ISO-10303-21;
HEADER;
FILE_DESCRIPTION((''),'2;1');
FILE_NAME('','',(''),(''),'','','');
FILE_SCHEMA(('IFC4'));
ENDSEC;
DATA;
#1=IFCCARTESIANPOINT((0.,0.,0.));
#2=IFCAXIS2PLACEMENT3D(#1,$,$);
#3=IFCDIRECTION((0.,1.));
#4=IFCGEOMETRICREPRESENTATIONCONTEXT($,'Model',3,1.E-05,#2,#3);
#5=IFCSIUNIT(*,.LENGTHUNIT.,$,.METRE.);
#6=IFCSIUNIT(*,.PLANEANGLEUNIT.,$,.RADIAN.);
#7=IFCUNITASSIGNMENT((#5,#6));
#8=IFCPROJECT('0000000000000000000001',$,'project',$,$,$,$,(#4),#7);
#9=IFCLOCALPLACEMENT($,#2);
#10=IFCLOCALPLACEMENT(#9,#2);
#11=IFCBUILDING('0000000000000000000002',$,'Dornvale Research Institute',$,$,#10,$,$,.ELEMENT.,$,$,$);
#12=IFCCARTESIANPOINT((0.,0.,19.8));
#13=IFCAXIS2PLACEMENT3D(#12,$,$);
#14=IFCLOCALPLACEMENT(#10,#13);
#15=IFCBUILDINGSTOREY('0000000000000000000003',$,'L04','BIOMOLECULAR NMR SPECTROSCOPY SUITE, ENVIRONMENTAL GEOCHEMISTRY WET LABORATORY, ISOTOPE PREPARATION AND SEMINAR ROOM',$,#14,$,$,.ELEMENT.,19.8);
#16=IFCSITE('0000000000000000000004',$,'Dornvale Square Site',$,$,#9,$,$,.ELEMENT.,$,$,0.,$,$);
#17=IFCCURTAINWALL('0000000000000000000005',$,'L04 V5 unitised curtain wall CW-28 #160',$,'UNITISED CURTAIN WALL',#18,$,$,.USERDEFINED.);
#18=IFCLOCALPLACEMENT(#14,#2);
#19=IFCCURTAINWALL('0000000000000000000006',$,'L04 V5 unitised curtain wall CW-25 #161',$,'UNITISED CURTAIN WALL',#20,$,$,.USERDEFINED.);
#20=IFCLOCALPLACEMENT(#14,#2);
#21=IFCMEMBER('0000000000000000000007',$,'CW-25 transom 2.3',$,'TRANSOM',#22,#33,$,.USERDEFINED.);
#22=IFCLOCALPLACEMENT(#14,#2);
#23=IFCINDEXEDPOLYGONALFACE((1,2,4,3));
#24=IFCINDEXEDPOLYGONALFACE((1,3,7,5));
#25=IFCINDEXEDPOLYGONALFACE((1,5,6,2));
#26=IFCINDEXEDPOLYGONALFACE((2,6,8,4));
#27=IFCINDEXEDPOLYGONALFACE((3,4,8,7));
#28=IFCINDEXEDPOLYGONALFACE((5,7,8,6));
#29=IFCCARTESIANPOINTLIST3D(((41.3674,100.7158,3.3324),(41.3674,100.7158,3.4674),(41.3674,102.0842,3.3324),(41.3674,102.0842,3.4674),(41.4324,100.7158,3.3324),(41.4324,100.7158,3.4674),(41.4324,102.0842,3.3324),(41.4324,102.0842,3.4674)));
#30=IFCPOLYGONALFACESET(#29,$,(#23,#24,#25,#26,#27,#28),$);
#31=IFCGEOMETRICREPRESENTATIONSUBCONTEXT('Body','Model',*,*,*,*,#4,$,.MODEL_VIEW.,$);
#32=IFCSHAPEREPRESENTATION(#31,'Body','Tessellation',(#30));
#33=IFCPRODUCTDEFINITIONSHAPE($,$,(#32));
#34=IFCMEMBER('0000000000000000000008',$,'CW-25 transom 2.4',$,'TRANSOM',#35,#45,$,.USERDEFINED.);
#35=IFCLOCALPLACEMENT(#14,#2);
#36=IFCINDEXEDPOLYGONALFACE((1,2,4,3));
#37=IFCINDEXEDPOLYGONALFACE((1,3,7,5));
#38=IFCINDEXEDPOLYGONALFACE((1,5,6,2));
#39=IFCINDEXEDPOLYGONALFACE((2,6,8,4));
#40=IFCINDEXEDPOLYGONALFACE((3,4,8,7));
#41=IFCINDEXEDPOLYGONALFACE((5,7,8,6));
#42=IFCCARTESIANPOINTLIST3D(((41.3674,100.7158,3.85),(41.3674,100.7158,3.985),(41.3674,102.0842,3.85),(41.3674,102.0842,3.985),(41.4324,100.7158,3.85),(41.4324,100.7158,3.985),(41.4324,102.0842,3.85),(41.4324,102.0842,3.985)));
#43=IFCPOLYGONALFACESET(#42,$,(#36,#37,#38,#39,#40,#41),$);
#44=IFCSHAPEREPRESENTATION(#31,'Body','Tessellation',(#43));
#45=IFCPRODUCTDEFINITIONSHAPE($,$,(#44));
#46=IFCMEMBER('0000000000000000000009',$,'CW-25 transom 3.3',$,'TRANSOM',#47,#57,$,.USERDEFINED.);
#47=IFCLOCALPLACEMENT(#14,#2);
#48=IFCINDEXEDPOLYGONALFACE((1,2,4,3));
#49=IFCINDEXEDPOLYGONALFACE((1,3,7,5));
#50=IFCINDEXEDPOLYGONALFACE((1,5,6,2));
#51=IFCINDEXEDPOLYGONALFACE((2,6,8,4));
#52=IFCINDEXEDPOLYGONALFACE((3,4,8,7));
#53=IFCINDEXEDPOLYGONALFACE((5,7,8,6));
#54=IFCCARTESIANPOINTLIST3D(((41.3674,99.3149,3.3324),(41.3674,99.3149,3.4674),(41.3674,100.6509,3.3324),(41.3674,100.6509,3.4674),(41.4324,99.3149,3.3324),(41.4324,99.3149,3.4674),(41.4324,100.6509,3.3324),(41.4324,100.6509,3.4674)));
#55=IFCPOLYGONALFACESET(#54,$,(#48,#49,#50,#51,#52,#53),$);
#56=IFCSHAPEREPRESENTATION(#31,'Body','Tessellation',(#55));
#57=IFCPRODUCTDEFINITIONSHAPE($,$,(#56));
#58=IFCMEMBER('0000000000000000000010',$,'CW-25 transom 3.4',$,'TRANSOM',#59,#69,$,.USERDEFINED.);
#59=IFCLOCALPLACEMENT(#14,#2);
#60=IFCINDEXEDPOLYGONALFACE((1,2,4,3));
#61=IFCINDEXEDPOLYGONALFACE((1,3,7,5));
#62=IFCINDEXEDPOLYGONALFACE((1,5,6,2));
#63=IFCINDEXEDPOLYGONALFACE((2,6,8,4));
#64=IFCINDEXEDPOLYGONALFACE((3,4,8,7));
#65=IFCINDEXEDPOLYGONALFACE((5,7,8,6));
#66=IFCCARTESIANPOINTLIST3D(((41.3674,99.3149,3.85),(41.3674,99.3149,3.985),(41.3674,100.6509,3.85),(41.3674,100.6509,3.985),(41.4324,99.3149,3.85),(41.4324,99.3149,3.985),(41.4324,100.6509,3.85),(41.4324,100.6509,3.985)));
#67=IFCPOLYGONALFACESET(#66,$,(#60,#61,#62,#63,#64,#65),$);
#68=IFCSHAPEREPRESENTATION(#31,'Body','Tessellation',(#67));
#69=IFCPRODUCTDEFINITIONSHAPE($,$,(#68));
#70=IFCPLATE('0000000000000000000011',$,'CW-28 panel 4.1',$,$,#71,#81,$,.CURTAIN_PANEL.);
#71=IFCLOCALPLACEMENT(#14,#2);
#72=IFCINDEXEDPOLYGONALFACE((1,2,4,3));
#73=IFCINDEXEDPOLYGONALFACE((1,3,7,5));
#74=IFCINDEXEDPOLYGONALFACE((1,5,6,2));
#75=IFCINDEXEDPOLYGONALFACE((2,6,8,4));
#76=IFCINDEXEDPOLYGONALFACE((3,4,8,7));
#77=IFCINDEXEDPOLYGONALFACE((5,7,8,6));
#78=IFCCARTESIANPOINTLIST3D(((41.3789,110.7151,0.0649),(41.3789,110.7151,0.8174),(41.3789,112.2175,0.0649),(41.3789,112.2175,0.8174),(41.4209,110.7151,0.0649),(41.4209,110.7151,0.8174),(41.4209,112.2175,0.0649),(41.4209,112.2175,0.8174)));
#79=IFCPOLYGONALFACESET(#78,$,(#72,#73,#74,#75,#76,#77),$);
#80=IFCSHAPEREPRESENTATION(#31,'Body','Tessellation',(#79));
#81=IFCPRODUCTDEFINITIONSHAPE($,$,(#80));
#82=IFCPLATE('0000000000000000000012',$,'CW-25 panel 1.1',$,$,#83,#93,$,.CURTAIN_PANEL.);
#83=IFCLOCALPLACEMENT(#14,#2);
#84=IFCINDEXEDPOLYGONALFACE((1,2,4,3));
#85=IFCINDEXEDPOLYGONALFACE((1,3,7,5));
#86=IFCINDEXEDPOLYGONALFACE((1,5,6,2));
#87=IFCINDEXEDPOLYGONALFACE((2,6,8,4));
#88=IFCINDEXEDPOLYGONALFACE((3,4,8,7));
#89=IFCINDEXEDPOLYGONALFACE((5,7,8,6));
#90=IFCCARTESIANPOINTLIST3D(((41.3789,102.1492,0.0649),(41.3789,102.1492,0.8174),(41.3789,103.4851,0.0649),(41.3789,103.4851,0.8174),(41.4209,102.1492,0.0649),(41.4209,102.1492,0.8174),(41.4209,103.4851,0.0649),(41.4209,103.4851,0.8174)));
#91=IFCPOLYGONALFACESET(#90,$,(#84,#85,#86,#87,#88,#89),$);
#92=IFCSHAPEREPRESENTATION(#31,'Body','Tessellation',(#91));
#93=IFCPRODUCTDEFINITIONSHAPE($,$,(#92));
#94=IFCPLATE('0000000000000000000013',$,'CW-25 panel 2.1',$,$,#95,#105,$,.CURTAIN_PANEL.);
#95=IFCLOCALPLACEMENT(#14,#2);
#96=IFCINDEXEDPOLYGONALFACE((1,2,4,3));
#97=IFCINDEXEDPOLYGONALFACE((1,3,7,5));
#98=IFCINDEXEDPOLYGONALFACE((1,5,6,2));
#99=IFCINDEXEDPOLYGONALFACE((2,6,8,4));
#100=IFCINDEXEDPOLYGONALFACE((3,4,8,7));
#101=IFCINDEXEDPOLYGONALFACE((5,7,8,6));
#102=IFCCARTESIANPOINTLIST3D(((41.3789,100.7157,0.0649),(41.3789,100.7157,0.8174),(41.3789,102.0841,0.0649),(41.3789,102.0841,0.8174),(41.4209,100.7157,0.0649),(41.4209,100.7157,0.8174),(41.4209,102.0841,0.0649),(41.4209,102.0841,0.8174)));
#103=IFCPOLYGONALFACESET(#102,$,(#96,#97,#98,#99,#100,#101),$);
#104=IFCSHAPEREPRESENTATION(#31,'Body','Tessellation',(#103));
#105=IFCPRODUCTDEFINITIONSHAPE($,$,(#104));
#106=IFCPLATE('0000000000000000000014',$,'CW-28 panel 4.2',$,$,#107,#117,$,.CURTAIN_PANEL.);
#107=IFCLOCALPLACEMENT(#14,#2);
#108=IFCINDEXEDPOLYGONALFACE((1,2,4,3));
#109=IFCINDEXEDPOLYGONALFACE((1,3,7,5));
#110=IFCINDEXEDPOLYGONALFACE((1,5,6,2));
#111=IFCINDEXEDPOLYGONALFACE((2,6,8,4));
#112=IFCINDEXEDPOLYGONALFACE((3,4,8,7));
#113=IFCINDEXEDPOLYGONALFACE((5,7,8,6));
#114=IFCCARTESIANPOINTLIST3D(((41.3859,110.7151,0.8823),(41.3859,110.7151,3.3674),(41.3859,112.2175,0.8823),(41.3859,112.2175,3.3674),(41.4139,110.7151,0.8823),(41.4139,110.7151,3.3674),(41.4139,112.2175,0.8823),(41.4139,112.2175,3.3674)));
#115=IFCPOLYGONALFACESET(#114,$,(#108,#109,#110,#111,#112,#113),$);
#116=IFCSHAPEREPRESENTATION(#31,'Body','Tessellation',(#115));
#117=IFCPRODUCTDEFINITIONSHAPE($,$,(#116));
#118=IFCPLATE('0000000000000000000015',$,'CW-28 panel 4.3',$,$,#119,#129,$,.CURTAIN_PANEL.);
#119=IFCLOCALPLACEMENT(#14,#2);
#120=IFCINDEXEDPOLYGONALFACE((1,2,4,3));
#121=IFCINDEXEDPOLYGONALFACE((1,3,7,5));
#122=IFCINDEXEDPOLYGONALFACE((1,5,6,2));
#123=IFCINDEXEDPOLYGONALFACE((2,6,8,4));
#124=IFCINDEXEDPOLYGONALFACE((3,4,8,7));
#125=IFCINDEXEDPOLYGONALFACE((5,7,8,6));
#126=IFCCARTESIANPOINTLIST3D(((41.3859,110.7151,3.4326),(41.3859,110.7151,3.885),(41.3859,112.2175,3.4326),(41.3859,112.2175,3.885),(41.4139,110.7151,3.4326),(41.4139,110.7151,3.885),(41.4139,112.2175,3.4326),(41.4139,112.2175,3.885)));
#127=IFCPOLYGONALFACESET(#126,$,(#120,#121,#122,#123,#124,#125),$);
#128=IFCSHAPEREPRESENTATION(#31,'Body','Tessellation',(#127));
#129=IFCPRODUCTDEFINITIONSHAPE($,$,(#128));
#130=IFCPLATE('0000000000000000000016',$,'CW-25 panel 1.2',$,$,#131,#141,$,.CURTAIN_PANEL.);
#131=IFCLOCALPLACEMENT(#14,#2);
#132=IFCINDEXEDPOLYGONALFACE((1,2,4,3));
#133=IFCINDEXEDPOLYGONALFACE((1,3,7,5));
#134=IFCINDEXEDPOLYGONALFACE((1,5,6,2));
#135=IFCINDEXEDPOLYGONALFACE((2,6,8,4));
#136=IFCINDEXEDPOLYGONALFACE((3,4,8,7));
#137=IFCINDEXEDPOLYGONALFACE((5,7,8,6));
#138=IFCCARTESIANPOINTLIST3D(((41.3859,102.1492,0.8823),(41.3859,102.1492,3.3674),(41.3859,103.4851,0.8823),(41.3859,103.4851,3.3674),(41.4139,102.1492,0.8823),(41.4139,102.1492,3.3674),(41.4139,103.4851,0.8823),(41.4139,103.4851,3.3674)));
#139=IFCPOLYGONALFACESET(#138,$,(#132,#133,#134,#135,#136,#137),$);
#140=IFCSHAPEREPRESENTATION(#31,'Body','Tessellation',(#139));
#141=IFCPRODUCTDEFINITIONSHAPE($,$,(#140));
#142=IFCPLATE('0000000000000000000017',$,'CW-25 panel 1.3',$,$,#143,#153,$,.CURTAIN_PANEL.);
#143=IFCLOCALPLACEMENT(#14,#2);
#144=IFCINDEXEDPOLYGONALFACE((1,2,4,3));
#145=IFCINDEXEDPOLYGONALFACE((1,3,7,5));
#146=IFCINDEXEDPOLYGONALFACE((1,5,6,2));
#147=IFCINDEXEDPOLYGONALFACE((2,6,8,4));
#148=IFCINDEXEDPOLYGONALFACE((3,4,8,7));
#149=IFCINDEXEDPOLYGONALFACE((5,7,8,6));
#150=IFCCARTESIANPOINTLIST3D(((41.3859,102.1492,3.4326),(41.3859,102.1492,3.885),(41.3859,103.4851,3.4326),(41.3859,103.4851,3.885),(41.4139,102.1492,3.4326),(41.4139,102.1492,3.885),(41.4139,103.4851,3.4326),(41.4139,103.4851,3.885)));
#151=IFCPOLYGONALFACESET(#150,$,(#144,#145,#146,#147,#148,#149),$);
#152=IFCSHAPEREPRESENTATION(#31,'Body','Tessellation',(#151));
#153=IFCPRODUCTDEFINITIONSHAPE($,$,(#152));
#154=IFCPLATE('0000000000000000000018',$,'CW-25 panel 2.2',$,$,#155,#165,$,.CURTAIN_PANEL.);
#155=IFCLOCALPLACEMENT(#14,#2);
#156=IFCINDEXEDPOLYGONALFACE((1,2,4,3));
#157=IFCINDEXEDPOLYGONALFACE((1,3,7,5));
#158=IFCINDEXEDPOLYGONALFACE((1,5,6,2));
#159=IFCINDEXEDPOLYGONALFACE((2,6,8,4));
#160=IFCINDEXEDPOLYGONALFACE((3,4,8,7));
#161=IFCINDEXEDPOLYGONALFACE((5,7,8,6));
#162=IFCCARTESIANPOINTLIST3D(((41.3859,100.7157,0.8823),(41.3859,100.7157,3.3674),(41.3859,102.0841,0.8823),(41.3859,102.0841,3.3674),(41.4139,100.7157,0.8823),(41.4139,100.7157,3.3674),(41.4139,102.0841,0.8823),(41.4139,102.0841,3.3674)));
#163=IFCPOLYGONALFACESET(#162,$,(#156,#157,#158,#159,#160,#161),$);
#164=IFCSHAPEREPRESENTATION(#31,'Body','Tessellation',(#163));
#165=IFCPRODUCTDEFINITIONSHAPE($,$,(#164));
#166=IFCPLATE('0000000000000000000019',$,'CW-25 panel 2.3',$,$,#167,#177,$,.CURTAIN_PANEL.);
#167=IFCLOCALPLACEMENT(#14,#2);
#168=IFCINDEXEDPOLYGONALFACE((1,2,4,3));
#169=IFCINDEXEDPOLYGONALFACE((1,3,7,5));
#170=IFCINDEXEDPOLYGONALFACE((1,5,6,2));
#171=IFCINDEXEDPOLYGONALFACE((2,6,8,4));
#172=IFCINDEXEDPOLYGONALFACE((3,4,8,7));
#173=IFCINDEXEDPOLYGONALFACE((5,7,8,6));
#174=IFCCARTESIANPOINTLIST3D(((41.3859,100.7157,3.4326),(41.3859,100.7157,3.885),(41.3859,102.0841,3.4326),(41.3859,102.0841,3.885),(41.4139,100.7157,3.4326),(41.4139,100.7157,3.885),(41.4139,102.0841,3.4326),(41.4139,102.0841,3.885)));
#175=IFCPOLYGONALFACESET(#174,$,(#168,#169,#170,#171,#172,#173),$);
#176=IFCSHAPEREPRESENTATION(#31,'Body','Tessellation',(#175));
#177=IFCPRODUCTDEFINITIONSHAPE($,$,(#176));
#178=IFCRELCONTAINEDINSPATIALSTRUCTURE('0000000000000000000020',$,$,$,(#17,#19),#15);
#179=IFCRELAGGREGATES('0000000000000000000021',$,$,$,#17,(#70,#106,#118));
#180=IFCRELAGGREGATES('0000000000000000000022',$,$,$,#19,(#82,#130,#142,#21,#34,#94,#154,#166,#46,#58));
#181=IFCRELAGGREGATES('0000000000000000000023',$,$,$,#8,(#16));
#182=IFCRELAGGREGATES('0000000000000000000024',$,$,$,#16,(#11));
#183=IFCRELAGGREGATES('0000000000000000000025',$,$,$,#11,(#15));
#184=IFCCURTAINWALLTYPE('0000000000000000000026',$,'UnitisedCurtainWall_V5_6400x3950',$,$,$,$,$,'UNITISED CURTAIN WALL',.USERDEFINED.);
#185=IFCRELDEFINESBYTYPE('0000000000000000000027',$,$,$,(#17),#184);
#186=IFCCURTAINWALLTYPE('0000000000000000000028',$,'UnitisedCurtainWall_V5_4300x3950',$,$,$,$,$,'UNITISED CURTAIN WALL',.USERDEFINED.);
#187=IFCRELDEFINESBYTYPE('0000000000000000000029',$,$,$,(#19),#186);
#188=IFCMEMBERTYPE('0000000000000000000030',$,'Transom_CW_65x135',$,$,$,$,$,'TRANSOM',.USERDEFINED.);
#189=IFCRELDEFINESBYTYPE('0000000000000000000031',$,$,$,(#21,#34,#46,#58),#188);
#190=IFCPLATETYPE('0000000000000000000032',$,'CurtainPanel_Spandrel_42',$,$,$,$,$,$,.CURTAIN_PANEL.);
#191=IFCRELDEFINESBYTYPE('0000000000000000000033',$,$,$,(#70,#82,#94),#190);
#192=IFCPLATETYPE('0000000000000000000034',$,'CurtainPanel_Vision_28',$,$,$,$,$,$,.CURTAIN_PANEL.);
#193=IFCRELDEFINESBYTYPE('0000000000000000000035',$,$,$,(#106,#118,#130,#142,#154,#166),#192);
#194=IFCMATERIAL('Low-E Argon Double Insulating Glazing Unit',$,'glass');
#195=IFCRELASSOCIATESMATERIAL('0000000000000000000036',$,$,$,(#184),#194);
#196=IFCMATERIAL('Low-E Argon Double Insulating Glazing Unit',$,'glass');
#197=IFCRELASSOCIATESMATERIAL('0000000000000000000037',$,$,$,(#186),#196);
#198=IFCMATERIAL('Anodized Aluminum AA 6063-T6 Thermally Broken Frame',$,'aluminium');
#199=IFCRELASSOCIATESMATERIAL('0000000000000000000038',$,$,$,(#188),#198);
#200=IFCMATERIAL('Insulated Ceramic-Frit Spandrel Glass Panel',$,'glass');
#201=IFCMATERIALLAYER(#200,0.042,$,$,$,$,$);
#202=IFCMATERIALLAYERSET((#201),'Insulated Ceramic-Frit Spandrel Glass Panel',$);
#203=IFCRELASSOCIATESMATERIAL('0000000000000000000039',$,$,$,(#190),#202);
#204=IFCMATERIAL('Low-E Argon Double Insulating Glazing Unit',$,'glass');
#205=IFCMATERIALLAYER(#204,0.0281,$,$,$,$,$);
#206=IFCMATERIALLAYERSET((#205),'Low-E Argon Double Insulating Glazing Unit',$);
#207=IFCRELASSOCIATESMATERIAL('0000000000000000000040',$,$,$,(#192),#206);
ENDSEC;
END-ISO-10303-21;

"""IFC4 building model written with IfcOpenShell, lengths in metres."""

from ifc_helpers import new_model, si_unit, direction, frame, origin, origin_2d, place, context, subcontext, project, spatial, rectangle, extrude, material, layer, layer_set, material_profile, profile_set, type_object, element, aggregate, save


model = new_model("IFC4")

# Units and contexts
model_context = context("Model", 3, precision=1e-05, world=origin(), true_north=direction((0.0, 1.0)))
body_context = subcontext(model_context, "Body", "Model", "MODEL_VIEW")
ifc_project = project(units=[si_unit("LENGTHUNIT", "METRE"), si_unit("PLANEANGLEUNIT", "RADIAN")], contexts=[model_context])

# Site, building, storey
site_placement = place(None, origin())
site = spatial("IfcSite", under=ifc_project, at=site_placement, Name="Dornvale Square Site", CompositionType="ELEMENT", RefElevation=0.0)
building_placement = place(site_placement, origin())
building = spatial("IfcBuilding", under=site, at=building_placement, Name="Dornvale Research Institute", CompositionType="ELEMENT")
storey_placement = place(building_placement, frame((0.0, 0.0, 19.8)))
storey = spatial("IfcBuildingStorey", under=building, at=storey_placement, Name="L04", Description="BIOMOLECULAR NMR SPECTROSCOPY SUITE, ENVIRONMENTAL GEOCHEMISTRY WET LABORATORY, ISOTOPE PREPARATION AND SEMINAR ROOM", CompositionType="ELEMENT", Elevation=19.8)

# Curtain wall
ifc_material_1 = material(Name="Low-E Argon Double Insulating Glazing Unit", Category="glass")
curtain_wall_type_1 = type_object("IfcCurtainWallType", Name="UnitisedCurtainWall_V5_6400x3950", ElementType="UNITISED CURTAIN WALL", PredefinedType="USERDEFINED", material=ifc_material_1)
curtain_wall_1_placement = place(storey_placement, origin())
curtain_wall_1 = element("IfcCurtainWall", 1, at=curtain_wall_1_placement, inside=storey, type_object=curtain_wall_type_1, Name="L04 V5 unitised curtain wall CW-28 #160", ObjectType="UNITISED CURTAIN WALL", PredefinedType="USERDEFINED")

# Curtain wall
ifc_material_2 = material(Name="Low-E Argon Double Insulating Glazing Unit", Category="glass")
curtain_wall_type_2 = type_object("IfcCurtainWallType", Name="UnitisedCurtainWall_V5_4300x3950", ElementType="UNITISED CURTAIN WALL", PredefinedType="USERDEFINED", material=ifc_material_2)
curtain_wall_2_placement = place(storey_placement, origin())
curtain_wall_2 = element("IfcCurtainWall", 2, at=curtain_wall_2_placement, inside=storey, type_object=curtain_wall_type_2, Name="L04 V5 unitised curtain wall CW-25 #161", ObjectType="UNITISED CURTAIN WALL", PredefinedType="USERDEFINED")

# Members
ifc_material_3 = material(Name="Anodized Aluminum AA 6063-T6 Thermally Broken Frame", Category="aluminium")
ifc_material_profile_1 = material_profile(ifc_material_3, rectangle(XDim=0.0649, YDim=0.135, at=origin_2d()), Name="ALU TRANSOM 65x135")
ifc_profile_set_1 = profile_set([ifc_material_profile_1], Name="Anodized Aluminum AA 6063-T6 Thermally Broken Frame")
member_type_1 = type_object("IfcMemberType", Name="Transom_CW_65x135", ElementType="TRANSOM", PredefinedType="USERDEFINED", material=ifc_profile_set_1)
member_1_placement = place(storey_placement, frame((41.3999, 102.0842, 3.3999), z_axis=(0.0, -1.0, 0.0), x_axis=(1.0, 0.0, 0.0)))
member_1 = element("IfcMember", 3, at=member_1_placement, type_object=member_type_1, Name="CW-25 transom 2.3", ObjectType="TRANSOM", PredefinedType="USERDEFINED", context=body_context, shape_type="SweptSolid", body=[
    extrude(rectangle(XDim=0.0649, YDim=0.135, at=origin_2d()), origin(), (0.0, 0.0, 1.0), 1.3684),
])
member_2_placement = place(storey_placement, frame((41.3999, 102.0842, 3.9175), z_axis=(0.0, -1.0, 0.0), x_axis=(1.0, 0.0, 0.0)))
member_2 = element("IfcMember", 4, at=member_2_placement, type_object=member_type_1, Name="CW-25 transom 2.4", ObjectType="TRANSOM", PredefinedType="USERDEFINED", context=body_context, shape_type="SweptSolid", body=[
    extrude(rectangle(XDim=0.0649, YDim=0.135, at=origin_2d()), origin(), (0.0, 0.0, 1.0), 1.3684),
])
member_3_placement = place(storey_placement, frame((41.3999, 100.6509, 3.3999), z_axis=(0.0, -1.0, 0.0), x_axis=(1.0, 0.0, 0.0)))
member_3 = element("IfcMember", 5, at=member_3_placement, type_object=member_type_1, Name="CW-25 transom 3.3", ObjectType="TRANSOM", PredefinedType="USERDEFINED", context=body_context, shape_type="SweptSolid", body=[
    extrude(rectangle(XDim=0.0649, YDim=0.135, at=origin_2d()), origin(), (0.0, 0.0, 1.0), 1.3359),
])
member_4_placement = place(storey_placement, frame((41.3999, 100.6509, 3.9175), z_axis=(0.0, -1.0, 0.0), x_axis=(1.0, 0.0, 0.0)))
member_4 = element("IfcMember", 6, at=member_4_placement, type_object=member_type_1, Name="CW-25 transom 3.4", ObjectType="TRANSOM", PredefinedType="USERDEFINED", context=body_context, shape_type="SweptSolid", body=[
    extrude(rectangle(XDim=0.0649, YDim=0.135, at=origin_2d()), origin(), (0.0, 0.0, 1.0), 1.3359),
])

# Plates
ifc_material_4 = material(Name="Insulated Ceramic-Frit Spandrel Glass Panel", Category="glass")
ifc_layer_1 = layer(ifc_material_4, 0.042)
ifc_layer_set_1 = layer_set([ifc_layer_1], Name="Insulated Ceramic-Frit Spandrel Glass Panel")
plate_type_1 = type_object("IfcPlateType", Name="CurtainPanel_Spandrel_42", PredefinedType="CURTAIN_PANEL", material=ifc_layer_set_1)
plate_1_placement = place(storey_placement, frame((41.3999, 111.4663, 0.0649), z_axis=(0.0, 0.0, 1.0), x_axis=(0.0, -1.0, 0.0)))
plate_1 = element("IfcPlate", 7, at=plate_1_placement, type_object=plate_type_1, Name="CW-28 panel 4.1", PredefinedType="CURTAIN_PANEL", context=body_context, shape_type="SweptSolid", body=[
    extrude(rectangle(XDim=1.5024, YDim=0.042, at=origin_2d()), origin(), (0.0, 0.0, 1.0), 0.7524),
])
plate_2_placement = place(storey_placement, frame((41.3999, 102.8171, 0.0649), z_axis=(0.0, 0.0, 1.0), x_axis=(0.0, -1.0, 0.0)))
plate_2 = element("IfcPlate", 8, at=plate_2_placement, type_object=plate_type_1, Name="CW-25 panel 1.1", PredefinedType="CURTAIN_PANEL", context=body_context, shape_type="SweptSolid", body=[
    extrude(rectangle(XDim=1.3359, YDim=0.042, at=origin_2d()), origin(), (0.0, 0.0, 1.0), 0.7524),
])
plate_3_placement = place(storey_placement, frame((41.3999, 101.3999, 0.0649), z_axis=(0.0, 0.0, 1.0), x_axis=(0.0, -1.0, 0.0)))
plate_3 = element("IfcPlate", 9, at=plate_3_placement, type_object=plate_type_1, Name="CW-25 panel 2.1", PredefinedType="CURTAIN_PANEL", context=body_context, shape_type="SweptSolid", body=[
    extrude(rectangle(XDim=1.3684, YDim=0.042, at=origin_2d()), origin(), (0.0, 0.0, 1.0), 0.7524),
])
ifc_material_5 = material(Name="Low-E Argon Double Insulating Glazing Unit", Category="glass")
ifc_layer_2 = layer(ifc_material_5, 0.0281)
ifc_layer_set_2 = layer_set([ifc_layer_2], Name="Low-E Argon Double Insulating Glazing Unit")
plate_type_2 = type_object("IfcPlateType", Name="CurtainPanel_Vision_28", PredefinedType="CURTAIN_PANEL", material=ifc_layer_set_2)
plate_4_placement = place(storey_placement, frame((41.3999, 111.4663, 0.8823), z_axis=(0.0, 0.0, 1.0), x_axis=(0.0, -1.0, 0.0)))
plate_4 = element("IfcPlate", 10, at=plate_4_placement, type_object=plate_type_2, Name="CW-28 panel 4.2", PredefinedType="CURTAIN_PANEL", context=body_context, shape_type="SweptSolid", body=[
    extrude(rectangle(XDim=1.5024, YDim=0.0281, at=origin_2d()), origin(), (0.0, 0.0, 1.0), 2.4851),
])
plate_5_placement = place(storey_placement, frame((41.3999, 111.4663, 3.4326), z_axis=(0.0, 0.0, 1.0), x_axis=(0.0, -1.0, 0.0)))
plate_5 = element("IfcPlate", 11, at=plate_5_placement, type_object=plate_type_2, Name="CW-28 panel 4.3", PredefinedType="CURTAIN_PANEL", context=body_context, shape_type="SweptSolid", body=[
    extrude(rectangle(XDim=1.5024, YDim=0.0281, at=origin_2d()), origin(), (0.0, 0.0, 1.0), 0.4524),
])
aggregate(curtain_wall_1, [plate_1, plate_4, plate_5])
plate_6_placement = place(storey_placement, frame((41.3999, 102.8171, 0.8823), z_axis=(0.0, 0.0, 1.0), x_axis=(0.0, -1.0, 0.0)))
plate_6 = element("IfcPlate", 12, at=plate_6_placement, type_object=plate_type_2, Name="CW-25 panel 1.2", PredefinedType="CURTAIN_PANEL", context=body_context, shape_type="SweptSolid", body=[
    extrude(rectangle(XDim=1.3359, YDim=0.0281, at=origin_2d()), origin(), (0.0, 0.0, 1.0), 2.4851),
])
plate_7_placement = place(storey_placement, frame((41.3999, 102.8171, 3.4326), z_axis=(0.0, 0.0, 1.0), x_axis=(0.0, -1.0, 0.0)))
plate_7 = element("IfcPlate", 13, at=plate_7_placement, type_object=plate_type_2, Name="CW-25 panel 1.3", PredefinedType="CURTAIN_PANEL", context=body_context, shape_type="SweptSolid", body=[
    extrude(rectangle(XDim=1.3359, YDim=0.0281, at=origin_2d()), origin(), (0.0, 0.0, 1.0), 0.4524),
])
plate_8_placement = place(storey_placement, frame((41.3999, 101.3999, 0.8823), z_axis=(0.0, 0.0, 1.0), x_axis=(0.0, -1.0, 0.0)))
plate_8 = element("IfcPlate", 14, at=plate_8_placement, type_object=plate_type_2, Name="CW-25 panel 2.2", PredefinedType="CURTAIN_PANEL", context=body_context, shape_type="SweptSolid", body=[
    extrude(rectangle(XDim=1.3684, YDim=0.0281, at=origin_2d()), origin(), (0.0, 0.0, 1.0), 2.4851),
])
plate_9_placement = place(storey_placement, frame((41.3999, 101.3999, 3.4326), z_axis=(0.0, 0.0, 1.0), x_axis=(0.0, -1.0, 0.0)))
plate_9 = element("IfcPlate", 15, at=plate_9_placement, type_object=plate_type_2, Name="CW-25 panel 2.3", PredefinedType="CURTAIN_PANEL", context=body_context, shape_type="SweptSolid", body=[
    extrude(rectangle(XDim=1.3684, YDim=0.0281, at=origin_2d()), origin(), (0.0, 0.0, 1.0), 0.4524),
])
aggregate(curtain_wall_2, [plate_2, plate_6, plate_7, member_1, member_2, plate_3, plate_8, plate_9, member_3, member_4])

save(model, "model.ifc")
